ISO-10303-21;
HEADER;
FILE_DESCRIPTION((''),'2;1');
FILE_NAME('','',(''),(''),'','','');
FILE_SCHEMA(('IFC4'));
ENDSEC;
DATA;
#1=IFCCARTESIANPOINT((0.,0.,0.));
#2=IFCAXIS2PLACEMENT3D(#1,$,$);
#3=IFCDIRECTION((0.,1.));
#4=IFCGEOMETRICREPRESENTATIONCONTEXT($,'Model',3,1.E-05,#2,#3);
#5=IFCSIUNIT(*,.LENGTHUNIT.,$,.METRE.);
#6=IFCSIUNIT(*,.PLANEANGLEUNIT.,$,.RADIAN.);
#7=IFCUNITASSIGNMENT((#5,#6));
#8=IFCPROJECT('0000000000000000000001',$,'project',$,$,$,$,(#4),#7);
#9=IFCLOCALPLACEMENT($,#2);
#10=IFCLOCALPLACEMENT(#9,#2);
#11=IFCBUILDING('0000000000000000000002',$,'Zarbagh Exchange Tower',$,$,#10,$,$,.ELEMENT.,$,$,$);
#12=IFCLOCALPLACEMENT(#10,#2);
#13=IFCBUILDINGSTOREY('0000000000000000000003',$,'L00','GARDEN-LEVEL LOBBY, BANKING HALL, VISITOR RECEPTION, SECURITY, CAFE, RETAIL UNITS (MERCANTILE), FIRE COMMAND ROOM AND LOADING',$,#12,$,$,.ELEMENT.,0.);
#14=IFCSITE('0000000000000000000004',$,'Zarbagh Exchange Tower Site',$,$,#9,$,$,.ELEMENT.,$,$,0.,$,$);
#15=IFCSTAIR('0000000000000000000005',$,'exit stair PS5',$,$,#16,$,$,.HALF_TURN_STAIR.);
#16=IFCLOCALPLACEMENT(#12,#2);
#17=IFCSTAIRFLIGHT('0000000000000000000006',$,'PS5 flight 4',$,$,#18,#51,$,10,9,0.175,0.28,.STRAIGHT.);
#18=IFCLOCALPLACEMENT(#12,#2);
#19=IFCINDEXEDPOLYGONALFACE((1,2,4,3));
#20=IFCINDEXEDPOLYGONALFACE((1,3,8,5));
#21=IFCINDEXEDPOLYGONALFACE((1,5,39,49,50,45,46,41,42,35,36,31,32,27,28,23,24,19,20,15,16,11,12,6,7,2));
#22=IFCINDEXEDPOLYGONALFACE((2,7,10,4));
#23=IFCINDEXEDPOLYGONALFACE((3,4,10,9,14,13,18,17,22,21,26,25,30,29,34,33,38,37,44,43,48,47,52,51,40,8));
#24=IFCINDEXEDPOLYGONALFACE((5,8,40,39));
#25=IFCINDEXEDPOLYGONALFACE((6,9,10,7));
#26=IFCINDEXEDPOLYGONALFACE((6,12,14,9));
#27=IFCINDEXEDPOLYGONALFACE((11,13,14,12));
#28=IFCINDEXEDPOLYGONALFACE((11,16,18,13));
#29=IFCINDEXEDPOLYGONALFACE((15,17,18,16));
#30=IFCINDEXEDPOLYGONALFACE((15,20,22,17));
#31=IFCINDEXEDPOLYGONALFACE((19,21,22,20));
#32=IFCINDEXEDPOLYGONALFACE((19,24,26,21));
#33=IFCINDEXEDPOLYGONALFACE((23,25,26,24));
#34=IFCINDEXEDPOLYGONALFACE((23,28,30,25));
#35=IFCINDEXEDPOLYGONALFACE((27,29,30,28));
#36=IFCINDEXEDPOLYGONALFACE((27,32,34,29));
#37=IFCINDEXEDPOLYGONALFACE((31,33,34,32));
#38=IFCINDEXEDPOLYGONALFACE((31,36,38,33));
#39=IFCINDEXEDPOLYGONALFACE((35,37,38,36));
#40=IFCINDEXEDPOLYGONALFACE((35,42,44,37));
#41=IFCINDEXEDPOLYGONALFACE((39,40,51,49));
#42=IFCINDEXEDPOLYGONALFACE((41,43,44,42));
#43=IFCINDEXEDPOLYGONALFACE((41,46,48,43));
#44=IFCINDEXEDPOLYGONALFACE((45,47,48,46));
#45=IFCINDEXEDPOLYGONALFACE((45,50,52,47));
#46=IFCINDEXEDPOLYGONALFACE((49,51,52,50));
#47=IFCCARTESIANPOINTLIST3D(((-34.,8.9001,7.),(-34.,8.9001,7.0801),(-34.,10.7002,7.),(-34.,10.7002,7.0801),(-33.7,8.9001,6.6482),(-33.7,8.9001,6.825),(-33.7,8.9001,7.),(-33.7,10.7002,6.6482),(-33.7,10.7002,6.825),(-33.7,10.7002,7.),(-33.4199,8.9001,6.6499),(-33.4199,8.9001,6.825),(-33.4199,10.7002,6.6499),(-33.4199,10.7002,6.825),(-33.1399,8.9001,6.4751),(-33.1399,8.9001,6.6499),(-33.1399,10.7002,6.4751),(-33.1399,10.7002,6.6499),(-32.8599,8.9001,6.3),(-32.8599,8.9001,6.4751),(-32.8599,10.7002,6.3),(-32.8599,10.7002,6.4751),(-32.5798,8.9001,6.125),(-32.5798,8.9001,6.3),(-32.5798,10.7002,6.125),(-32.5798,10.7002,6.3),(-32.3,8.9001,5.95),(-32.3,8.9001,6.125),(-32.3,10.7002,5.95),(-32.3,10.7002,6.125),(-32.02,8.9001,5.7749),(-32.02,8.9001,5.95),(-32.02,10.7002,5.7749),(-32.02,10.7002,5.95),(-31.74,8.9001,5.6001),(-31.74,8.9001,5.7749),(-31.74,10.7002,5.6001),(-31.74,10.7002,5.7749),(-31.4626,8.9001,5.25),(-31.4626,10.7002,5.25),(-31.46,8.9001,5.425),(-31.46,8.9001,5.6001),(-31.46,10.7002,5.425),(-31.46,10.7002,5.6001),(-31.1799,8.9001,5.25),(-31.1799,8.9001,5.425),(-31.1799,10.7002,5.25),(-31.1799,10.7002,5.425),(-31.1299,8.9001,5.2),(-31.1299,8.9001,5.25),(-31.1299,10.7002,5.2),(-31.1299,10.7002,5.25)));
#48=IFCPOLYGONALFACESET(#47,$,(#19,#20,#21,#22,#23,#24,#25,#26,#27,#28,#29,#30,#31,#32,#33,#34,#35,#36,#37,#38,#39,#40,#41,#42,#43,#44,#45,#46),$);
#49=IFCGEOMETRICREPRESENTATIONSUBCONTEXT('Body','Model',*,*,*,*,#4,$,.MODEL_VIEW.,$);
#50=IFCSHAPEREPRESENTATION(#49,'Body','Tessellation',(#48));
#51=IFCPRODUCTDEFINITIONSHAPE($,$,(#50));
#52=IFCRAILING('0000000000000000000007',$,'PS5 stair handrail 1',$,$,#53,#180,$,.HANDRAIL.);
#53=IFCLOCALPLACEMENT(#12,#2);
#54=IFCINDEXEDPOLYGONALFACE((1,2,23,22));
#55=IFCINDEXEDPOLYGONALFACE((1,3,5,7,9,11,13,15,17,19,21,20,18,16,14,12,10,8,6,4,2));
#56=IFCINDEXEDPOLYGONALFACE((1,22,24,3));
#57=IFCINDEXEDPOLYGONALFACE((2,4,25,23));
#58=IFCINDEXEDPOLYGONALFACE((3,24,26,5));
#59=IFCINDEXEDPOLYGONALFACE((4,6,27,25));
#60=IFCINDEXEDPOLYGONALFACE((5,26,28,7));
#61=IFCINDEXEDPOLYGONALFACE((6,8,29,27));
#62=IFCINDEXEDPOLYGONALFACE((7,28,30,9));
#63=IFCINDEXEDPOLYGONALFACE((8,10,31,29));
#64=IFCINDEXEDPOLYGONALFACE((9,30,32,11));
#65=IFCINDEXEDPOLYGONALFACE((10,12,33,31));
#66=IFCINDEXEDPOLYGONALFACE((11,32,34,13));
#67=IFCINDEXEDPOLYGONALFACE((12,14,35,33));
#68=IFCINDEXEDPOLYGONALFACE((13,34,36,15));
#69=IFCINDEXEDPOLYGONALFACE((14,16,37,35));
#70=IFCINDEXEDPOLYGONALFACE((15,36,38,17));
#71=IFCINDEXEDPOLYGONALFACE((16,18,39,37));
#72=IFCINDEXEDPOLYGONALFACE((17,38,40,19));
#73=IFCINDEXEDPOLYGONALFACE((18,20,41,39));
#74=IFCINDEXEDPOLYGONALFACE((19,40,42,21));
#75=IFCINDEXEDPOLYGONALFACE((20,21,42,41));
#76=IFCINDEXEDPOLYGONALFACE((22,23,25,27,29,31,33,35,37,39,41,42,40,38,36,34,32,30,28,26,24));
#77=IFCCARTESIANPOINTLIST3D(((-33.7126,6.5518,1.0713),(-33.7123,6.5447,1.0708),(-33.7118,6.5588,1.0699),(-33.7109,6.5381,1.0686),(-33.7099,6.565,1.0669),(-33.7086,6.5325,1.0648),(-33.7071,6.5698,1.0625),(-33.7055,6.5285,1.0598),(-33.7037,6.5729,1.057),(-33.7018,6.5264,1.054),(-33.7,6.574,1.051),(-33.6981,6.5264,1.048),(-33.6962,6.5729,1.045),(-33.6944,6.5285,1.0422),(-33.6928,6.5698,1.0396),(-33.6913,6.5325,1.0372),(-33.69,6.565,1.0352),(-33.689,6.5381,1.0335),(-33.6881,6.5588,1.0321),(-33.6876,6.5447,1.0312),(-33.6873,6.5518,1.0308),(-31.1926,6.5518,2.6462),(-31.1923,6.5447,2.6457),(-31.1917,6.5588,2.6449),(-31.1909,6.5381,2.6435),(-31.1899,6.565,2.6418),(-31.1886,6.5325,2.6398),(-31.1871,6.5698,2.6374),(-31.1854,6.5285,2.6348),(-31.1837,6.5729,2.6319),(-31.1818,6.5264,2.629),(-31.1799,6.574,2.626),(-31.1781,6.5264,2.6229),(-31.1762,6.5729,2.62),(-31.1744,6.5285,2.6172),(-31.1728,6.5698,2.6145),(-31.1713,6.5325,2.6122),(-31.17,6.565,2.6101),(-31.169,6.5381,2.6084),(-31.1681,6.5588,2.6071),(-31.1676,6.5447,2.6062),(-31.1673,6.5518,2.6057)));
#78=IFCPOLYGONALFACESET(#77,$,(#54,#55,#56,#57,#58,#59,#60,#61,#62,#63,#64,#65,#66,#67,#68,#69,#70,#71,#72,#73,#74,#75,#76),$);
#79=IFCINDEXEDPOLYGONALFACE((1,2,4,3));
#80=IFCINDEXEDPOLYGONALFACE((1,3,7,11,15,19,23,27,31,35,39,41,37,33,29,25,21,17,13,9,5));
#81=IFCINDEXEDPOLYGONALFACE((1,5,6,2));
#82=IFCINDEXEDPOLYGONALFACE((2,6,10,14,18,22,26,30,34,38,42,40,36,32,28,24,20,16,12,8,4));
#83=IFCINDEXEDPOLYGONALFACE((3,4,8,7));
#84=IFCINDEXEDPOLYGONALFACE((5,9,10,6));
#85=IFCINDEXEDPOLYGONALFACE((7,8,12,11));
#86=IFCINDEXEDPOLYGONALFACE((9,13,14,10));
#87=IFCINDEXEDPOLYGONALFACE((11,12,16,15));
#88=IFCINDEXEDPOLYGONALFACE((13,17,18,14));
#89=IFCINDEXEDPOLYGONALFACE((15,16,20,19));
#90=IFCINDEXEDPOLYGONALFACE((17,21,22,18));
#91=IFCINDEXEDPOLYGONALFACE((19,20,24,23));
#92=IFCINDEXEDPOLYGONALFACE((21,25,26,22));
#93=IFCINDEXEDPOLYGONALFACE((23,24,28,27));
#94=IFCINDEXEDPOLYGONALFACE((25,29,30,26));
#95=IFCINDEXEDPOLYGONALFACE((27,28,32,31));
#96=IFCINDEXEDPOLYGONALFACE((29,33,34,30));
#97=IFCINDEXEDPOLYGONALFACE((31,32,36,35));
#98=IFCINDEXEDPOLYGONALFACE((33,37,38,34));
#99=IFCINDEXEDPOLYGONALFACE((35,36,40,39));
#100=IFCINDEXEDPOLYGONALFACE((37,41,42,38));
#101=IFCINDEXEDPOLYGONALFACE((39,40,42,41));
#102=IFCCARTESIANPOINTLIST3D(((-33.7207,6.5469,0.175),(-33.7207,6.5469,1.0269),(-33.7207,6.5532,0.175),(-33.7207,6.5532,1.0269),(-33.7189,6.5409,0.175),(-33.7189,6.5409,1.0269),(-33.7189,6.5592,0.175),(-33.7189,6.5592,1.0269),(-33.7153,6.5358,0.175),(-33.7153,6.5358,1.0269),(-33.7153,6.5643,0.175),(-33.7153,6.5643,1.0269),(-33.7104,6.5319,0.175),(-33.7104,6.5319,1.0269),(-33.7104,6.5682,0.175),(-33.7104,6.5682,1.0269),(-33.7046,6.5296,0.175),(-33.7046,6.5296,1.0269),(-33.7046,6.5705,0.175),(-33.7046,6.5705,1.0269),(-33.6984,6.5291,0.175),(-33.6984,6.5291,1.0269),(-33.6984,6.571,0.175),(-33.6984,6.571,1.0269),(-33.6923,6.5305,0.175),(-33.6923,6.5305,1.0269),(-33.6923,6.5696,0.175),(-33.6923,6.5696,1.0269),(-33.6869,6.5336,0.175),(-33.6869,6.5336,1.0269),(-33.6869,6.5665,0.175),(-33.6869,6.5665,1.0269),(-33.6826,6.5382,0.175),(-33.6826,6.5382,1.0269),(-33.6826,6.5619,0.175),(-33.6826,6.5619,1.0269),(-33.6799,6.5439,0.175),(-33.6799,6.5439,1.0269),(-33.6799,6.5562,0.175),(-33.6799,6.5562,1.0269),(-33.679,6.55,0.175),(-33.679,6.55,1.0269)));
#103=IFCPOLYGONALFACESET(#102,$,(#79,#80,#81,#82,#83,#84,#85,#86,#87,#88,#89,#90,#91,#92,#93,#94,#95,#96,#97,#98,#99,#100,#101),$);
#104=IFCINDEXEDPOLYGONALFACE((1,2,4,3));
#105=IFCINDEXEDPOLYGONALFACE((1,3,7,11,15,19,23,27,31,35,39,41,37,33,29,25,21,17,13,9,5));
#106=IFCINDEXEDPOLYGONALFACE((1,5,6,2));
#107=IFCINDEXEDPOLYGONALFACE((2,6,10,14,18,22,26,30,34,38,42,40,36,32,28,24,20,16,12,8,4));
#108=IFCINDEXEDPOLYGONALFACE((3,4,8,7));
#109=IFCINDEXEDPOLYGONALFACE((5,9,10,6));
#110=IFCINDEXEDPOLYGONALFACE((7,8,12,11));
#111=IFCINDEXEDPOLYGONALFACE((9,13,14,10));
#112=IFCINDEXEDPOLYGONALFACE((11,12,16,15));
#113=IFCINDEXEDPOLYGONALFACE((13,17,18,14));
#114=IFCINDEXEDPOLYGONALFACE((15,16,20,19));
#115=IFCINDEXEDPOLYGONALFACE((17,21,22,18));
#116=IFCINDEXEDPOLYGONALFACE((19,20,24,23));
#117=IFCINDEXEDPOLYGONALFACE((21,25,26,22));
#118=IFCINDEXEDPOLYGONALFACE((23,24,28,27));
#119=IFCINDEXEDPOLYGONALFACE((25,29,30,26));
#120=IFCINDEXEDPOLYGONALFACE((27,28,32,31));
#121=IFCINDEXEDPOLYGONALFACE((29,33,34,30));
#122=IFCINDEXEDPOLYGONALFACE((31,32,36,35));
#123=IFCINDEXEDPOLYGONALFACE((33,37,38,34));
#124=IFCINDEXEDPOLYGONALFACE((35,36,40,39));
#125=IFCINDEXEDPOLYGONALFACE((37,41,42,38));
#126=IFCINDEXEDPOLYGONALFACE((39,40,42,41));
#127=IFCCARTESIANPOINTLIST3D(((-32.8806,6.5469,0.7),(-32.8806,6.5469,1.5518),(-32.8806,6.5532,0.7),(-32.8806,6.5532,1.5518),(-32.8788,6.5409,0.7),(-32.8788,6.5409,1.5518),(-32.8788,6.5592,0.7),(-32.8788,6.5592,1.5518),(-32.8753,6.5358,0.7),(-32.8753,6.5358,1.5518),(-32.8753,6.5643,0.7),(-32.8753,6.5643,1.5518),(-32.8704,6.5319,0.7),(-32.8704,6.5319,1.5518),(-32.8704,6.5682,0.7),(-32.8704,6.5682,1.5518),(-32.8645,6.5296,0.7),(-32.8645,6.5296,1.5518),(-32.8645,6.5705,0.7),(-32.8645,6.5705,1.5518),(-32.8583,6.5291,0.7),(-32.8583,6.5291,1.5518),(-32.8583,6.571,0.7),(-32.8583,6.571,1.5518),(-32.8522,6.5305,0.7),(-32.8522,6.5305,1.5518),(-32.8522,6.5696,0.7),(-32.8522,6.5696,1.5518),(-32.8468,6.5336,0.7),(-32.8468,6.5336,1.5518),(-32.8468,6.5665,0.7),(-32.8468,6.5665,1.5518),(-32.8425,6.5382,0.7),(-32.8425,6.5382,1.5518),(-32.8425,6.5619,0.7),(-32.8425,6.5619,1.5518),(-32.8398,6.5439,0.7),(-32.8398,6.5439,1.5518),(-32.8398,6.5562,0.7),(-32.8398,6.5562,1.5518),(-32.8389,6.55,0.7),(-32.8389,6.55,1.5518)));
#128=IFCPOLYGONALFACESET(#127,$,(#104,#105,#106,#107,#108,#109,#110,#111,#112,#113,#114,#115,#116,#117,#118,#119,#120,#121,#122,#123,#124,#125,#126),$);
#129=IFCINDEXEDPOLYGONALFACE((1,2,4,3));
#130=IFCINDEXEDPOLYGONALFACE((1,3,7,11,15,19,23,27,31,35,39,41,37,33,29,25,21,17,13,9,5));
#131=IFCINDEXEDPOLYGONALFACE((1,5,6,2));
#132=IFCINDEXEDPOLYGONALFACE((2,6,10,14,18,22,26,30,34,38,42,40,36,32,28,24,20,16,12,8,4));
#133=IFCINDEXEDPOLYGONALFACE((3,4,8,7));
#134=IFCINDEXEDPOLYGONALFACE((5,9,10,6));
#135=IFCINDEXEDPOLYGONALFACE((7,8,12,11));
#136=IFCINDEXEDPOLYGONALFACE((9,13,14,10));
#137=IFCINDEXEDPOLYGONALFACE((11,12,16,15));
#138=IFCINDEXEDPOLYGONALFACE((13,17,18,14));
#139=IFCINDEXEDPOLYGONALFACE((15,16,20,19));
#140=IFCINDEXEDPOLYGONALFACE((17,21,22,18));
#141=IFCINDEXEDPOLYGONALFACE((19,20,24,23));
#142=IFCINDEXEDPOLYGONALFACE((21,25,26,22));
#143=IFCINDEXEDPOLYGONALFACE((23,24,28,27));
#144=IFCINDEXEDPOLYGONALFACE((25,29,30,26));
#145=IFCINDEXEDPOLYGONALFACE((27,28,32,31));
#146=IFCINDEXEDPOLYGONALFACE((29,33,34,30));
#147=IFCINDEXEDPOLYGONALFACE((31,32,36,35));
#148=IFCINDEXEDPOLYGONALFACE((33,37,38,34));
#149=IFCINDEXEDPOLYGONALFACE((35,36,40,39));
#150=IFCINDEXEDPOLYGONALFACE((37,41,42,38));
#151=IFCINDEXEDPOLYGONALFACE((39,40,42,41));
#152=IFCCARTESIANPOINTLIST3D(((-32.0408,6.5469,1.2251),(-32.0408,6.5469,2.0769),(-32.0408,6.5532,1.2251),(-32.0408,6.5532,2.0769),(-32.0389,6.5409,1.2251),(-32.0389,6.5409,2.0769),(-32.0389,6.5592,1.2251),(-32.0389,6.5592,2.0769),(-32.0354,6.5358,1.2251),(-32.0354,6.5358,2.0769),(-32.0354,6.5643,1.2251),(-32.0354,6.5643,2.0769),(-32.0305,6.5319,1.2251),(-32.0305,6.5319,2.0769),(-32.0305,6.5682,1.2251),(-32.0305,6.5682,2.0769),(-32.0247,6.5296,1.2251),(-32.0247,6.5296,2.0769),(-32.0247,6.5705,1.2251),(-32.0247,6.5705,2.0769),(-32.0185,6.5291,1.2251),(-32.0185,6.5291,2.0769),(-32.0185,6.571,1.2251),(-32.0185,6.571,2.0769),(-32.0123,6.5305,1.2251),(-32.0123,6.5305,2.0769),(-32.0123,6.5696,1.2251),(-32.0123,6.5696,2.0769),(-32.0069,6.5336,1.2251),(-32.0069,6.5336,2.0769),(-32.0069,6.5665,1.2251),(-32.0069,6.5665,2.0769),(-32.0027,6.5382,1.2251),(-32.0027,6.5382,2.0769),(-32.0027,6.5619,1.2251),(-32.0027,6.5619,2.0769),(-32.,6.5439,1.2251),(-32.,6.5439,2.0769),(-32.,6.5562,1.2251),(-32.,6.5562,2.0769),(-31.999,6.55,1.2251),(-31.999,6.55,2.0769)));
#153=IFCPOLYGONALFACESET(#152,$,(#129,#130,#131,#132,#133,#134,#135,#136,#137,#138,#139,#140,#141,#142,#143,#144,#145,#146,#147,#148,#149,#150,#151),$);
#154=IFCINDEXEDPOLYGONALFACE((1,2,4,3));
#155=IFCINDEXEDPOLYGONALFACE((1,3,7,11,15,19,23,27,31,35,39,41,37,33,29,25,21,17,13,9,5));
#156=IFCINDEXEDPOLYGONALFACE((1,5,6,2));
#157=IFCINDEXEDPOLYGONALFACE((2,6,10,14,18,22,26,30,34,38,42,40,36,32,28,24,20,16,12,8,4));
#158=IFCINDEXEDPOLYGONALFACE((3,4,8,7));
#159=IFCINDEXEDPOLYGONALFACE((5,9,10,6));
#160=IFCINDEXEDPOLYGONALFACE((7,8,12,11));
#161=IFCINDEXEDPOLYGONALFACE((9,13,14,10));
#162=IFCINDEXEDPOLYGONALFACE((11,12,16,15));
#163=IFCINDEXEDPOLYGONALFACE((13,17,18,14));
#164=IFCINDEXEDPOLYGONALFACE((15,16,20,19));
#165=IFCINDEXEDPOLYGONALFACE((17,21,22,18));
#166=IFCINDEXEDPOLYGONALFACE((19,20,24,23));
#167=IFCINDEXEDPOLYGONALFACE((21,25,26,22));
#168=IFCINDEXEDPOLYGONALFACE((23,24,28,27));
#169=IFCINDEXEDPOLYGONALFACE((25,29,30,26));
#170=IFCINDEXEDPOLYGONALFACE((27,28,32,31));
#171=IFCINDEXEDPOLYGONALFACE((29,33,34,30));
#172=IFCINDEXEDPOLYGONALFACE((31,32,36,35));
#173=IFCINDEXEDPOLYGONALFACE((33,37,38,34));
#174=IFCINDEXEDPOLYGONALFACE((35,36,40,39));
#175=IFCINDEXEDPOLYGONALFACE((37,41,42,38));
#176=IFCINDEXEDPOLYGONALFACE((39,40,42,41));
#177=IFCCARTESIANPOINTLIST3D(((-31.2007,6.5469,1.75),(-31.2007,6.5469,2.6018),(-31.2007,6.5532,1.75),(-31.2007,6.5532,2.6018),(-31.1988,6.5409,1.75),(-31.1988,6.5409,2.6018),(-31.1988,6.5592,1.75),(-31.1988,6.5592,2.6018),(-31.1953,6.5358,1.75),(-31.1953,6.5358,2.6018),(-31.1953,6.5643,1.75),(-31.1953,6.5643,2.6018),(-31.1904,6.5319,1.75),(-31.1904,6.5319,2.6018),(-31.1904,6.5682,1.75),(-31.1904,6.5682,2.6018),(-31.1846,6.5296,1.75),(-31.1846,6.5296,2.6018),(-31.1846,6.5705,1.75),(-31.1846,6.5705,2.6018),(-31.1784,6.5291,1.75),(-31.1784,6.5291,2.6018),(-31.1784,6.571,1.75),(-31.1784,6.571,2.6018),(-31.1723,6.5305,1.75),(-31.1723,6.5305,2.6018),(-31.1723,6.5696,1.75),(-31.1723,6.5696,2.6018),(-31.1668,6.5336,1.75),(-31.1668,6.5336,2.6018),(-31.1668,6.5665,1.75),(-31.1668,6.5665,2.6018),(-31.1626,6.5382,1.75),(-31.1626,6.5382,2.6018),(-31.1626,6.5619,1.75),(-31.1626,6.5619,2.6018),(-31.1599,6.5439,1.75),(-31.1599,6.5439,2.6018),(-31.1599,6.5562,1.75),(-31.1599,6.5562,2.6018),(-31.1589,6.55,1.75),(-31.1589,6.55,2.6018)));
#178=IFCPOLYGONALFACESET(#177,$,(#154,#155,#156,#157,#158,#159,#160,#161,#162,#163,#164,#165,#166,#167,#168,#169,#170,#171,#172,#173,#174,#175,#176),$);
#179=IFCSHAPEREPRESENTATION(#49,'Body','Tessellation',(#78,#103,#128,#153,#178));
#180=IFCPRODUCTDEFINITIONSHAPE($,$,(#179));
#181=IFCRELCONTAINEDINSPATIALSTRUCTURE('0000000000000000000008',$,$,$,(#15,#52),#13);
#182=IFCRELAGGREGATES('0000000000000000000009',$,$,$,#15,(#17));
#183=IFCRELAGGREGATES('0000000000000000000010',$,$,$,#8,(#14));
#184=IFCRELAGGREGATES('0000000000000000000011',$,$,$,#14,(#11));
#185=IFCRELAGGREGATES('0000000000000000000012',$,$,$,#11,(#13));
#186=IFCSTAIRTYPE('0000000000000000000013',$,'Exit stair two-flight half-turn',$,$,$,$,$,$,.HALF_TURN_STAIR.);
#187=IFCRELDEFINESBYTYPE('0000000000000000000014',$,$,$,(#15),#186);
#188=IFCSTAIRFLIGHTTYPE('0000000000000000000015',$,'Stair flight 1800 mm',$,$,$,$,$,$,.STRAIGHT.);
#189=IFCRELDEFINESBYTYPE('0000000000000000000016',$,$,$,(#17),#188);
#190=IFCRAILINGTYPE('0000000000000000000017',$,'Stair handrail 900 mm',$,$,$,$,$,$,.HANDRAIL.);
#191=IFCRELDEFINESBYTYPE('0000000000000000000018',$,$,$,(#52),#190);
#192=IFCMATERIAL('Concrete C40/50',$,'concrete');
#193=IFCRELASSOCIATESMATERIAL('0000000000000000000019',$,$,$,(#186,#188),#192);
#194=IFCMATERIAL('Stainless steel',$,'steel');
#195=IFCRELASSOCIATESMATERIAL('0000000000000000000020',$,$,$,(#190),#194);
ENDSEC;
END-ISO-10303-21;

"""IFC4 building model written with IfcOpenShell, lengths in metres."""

from ifc_helpers import new_model, si_unit, direction, frame, origin, origin_2d, place, context, subcontext, project, spatial, polyline, circle, outline, extrude, material, type_object, element, aggregate, save


model = new_model("IFC4")

# Units and contexts
model_context = context("Model", 3, precision=1e-05, world=origin(), true_north=direction((0.0, 1.0)))
body_context = subcontext(model_context, "Body", "Model", "MODEL_VIEW")
ifc_project = project(units=[si_unit("LENGTHUNIT", "METRE"), si_unit("PLANEANGLEUNIT", "RADIAN")], contexts=[model_context])

# Site, building, storey
site_placement = place(None, origin())
site = spatial("IfcSite", under=ifc_project, at=site_placement, Name="Zarbagh Exchange Tower Site", CompositionType="ELEMENT", RefElevation=0.0)
building_placement = place(site_placement, origin())
building = spatial("IfcBuilding", under=site, at=building_placement, Name="Zarbagh Exchange Tower", CompositionType="ELEMENT")
storey_placement = place(building_placement, origin())
storey = spatial("IfcBuildingStorey", under=building, at=storey_placement, Name="L00", Description="GARDEN-LEVEL LOBBY, BANKING HALL, VISITOR RECEPTION, SECURITY, CAFE, RETAIL UNITS (MERCANTILE), FIRE COMMAND ROOM AND LOADING", CompositionType="ELEMENT", Elevation=0.0)

# Shared definitions
ifc_material_1 = material(Name="Concrete C40/50", Category="concrete")

# Stair, stair flight
stair_type = type_object("IfcStairType", Name="Exit stair two-flight half-turn", PredefinedType="HALF_TURN_STAIR", material=ifc_material_1)
stair_placement = place(storey_placement, origin())
stair = element("IfcStair", 1, at=stair_placement, inside=storey, type_object=stair_type, Name="exit stair PS5", PredefinedType="HALF_TURN_STAIR")
stair_flight_type = type_object("IfcStairFlightType", Name="Stair flight 1800 mm", PredefinedType="STRAIGHT", material=ifc_material_1)
stair_flight_1_placement = place(storey_placement, frame((-31.1799, 9.8, 5.25), z_axis=(0.0, 0.0, 1.0), x_axis=(-1.0, 0.0, 0.0)))
stair_flight_1 = element("IfcStairFlight", 2, at=stair_flight_1_placement, type_object=stair_flight_type, Name="PS5 flight 4", NumberOfRisers=10, NumberOfTreads=9, PredefinedType="STRAIGHT", RiserHeight=0.175, TreadLength=0.28, context=body_context, shape_type="SweptSolid", body=[
    extrude(outline(polyline([(-0.05, -0.05), (-0.05, 0.0), (0.0, 0.0), (0.0, 0.175), (0.28, 0.175), (0.28, 0.3501), (0.5601, 0.3501), (0.5601, 0.5249), (0.8401, 0.5249), (0.8401, 0.7), (1.1201, 0.7), (1.1201, 0.875), (1.3999, 0.875), (1.3999, 1.05), (1.6799, 1.05), (1.6799, 1.2251), (1.96, 1.2251), (1.96, 1.3999), (2.24, 1.3999), (2.24, 1.575), (2.52, 1.575), (2.52, 1.75), (2.8201, 1.8301), (2.8201, 1.75), (2.52, 1.3982), (0.2827, 0.0), (-0.05, -0.05)])), frame((0.0, 0.8999, 0.0), z_axis=(0.0, -1.0, 0.0), x_axis=(1.0, 0.0, 0.0)), (0.0, 0.0, 1.0), 1.8),
])
aggregate(stair, [stair_flight_1])

# Railing
ifc_material_2 = material(Name="Stainless steel", Category="steel")
railing_type_1 = type_object("IfcRailingType", Name="Stair handrail 900 mm", PredefinedType="HANDRAIL", material=ifc_material_2)
railing_1_placement = place(storey_placement, frame((-33.7, 6.55, 0.175)))
element("IfcRailing", 3, at=railing_1_placement, inside=storey, type_object=railing_type_1, Name="PS5 stair handrail 1", PredefinedType="HANDRAIL", context=body_context, shape_type="SweptSolid", body=[
    extrude(circle(Radius=0.0239, at=origin_2d()), frame((0.0, 0.0, 0.876), z_axis=(0.848008, 0.0, 0.529984), x_axis=(0.0, 1.0, 0.0)), (0.0, 0.0, 1.0), 2.9717),
    extrude(circle(Radius=0.021, at=origin_2d()), origin(), (0.0, 0.0, 1.0), 0.8518),
    extrude(circle(Radius=0.021, at=origin_2d()), frame((0.8401, 0.0, 0.5249)), (0.0, 0.0, 1.0), 0.8518),
    extrude(circle(Radius=0.021, at=origin_2d()), frame((1.6799, 0.0, 1.05)), (0.0, 0.0, 1.0), 0.8518),
    extrude(circle(Radius=0.021, at=origin_2d()), frame((2.52, 0.0, 1.575)), (0.0, 0.0, 1.0), 0.8518),
])

save(model, "model.ifc")
